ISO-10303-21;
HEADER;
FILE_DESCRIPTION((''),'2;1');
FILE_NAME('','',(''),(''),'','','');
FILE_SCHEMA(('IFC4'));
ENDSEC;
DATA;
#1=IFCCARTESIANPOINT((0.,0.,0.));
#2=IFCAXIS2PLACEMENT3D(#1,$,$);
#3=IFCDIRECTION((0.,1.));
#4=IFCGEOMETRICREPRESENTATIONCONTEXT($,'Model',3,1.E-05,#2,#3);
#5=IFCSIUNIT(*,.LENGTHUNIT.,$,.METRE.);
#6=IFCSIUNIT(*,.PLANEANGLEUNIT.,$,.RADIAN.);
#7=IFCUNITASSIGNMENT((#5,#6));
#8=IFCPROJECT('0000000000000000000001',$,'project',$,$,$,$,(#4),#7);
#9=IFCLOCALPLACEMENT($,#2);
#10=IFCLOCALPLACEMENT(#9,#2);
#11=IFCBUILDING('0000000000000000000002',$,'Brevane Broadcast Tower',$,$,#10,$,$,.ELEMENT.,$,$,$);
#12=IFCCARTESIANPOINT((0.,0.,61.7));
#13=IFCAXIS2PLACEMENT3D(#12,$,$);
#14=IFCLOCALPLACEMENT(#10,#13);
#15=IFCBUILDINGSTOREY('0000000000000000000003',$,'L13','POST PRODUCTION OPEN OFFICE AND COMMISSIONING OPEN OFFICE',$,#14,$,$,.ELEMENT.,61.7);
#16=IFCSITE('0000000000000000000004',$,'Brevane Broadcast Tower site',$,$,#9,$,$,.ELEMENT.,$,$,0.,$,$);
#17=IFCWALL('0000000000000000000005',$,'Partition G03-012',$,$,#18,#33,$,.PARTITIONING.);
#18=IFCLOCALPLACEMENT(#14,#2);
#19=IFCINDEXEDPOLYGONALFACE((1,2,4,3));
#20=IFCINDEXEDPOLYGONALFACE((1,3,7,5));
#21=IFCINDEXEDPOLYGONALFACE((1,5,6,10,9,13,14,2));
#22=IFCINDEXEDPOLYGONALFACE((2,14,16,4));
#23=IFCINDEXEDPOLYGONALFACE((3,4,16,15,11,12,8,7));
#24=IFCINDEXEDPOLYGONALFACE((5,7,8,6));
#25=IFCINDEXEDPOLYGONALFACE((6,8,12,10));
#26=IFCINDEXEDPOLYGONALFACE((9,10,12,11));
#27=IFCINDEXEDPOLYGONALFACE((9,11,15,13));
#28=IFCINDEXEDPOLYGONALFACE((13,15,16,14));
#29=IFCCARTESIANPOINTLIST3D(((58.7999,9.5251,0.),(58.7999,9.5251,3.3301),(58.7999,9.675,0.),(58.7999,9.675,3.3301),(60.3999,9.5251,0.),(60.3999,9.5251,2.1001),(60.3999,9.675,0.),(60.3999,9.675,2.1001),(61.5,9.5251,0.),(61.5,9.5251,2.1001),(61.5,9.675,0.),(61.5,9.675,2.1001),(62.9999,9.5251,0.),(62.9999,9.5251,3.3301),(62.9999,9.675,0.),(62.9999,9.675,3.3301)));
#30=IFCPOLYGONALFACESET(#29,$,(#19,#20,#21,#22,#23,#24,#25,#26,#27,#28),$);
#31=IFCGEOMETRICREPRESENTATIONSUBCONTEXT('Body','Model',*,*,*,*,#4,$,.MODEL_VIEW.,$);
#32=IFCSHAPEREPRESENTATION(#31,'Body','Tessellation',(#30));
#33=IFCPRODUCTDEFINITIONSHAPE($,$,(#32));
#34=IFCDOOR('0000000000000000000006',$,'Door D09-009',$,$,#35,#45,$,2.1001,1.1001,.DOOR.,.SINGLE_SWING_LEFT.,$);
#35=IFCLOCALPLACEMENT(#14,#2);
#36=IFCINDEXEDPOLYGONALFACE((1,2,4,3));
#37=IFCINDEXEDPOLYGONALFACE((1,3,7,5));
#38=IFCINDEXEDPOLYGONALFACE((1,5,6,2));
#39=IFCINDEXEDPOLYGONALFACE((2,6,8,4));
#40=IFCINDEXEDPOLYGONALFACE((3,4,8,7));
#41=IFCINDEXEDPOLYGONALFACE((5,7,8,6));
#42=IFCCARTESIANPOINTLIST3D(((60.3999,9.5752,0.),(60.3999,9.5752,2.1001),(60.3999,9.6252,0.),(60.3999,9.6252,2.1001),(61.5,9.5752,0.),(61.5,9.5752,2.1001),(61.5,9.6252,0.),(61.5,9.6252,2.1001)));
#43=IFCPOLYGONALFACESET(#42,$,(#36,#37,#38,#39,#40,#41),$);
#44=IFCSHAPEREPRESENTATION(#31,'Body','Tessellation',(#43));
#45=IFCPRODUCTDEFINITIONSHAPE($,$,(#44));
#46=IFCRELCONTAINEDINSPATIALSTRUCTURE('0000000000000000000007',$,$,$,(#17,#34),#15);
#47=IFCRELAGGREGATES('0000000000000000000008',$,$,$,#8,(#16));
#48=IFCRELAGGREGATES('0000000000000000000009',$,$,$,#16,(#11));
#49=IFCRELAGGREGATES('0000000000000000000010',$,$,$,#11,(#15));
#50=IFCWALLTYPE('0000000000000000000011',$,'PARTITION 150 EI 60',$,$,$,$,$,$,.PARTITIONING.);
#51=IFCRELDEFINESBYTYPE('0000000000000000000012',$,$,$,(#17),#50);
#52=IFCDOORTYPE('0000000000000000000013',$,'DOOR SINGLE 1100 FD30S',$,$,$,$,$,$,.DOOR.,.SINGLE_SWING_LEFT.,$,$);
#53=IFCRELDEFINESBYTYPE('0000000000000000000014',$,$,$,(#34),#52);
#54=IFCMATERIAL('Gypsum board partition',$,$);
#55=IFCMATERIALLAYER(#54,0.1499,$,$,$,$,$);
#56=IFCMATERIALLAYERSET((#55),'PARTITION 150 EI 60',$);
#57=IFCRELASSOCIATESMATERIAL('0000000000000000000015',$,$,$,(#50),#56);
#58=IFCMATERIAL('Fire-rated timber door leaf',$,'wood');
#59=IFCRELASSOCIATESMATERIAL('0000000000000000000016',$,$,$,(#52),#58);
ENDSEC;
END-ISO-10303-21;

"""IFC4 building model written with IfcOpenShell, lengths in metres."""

from ifc_helpers import new_model, si_unit, direction, frame, frame_2d, origin, place, context, subcontext, project, spatial, rectangle, extrude, material, layer, layer_set, type_object, element, fill, save


model = new_model("IFC4")

# Units and contexts
model_context = context("Model", 3, precision=1e-05, world=origin(), true_north=direction((0.0, 1.0)))
body_context = subcontext(model_context, "Body", "Model", "MODEL_VIEW")
ifc_project = project(units=[si_unit("LENGTHUNIT", "METRE"), si_unit("PLANEANGLEUNIT", "RADIAN")], contexts=[model_context])

# Site, building, storey
site_placement = place(None, origin())
site = spatial("IfcSite", under=ifc_project, at=site_placement, Name="Brevane Broadcast Tower site", CompositionType="ELEMENT", RefElevation=0.0)
building_placement = place(site_placement, origin())
building = spatial("IfcBuilding", under=site, at=building_placement, Name="Brevane Broadcast Tower", CompositionType="ELEMENT")
storey_placement = place(building_placement, frame((0.0, 0.0, 61.7)))
storey = spatial("IfcBuildingStorey", under=building, at=storey_placement, Name="L13", Description="POST PRODUCTION OPEN OFFICE AND COMMISSIONING OPEN OFFICE", CompositionType="ELEMENT", Elevation=61.7)

# Shared definitions
ifc_material_1 = material(Name="Gypsum board partition")

# Shared definitions
ifc_layer_1 = layer(ifc_material_1, 0.1499)
ifc_layer_set_1 = layer_set([ifc_layer_1], Name="PARTITION 150 EI 60")
wall_type_1 = type_object("IfcWallType", Name="PARTITION 150 EI 60", PredefinedType="PARTITIONING", material=ifc_layer_set_1)
ifc_material_2 = material(Name="Fire-rated timber door leaf", Category="wood")

# Wall, opening, door
wall_1_placement = place(storey_placement, frame((63.0, 9.6001, 0.0), z_axis=(0.0, 0.0, 1.0), x_axis=(-1.0, 0.0, 0.0)))
wall_1 = element("IfcWall", 1, at=wall_1_placement, inside=storey, type_object=wall_type_1, Name="Partition G03-012", PredefinedType="PARTITIONING", context=body_context, shape_type="SweptSolid", body=[
    extrude(rectangle(XDim=4.2, YDim=0.1499, at=frame_2d((2.1001, 0.0))), origin(), (0.0, 0.0, 1.0), 3.3301),
])
opening_1_placement = place(wall_1_placement, frame((1.5, 0.0, 0.0)))
opening_1 = element("IfcOpeningElement", 2, at=opening_1_placement, cuts=wall_1, PredefinedType="OPENING", context=body_context, shape_type="SweptSolid", body=[
    extrude(rectangle(XDim=1.1001, YDim=2.1001, at=frame_2d((0.55, 1.05))), frame((0.0, 0.085, 0.0), z_axis=(0.0, -1.0, 0.0), x_axis=(1.0, 0.0, 0.0)), (0.0, 0.0, 1.0), 0.1699),
])
door_type_1 = type_object("IfcDoorType", Name="DOOR SINGLE 1100 FD30S", OperationType="SINGLE_SWING_LEFT", PredefinedType="DOOR", material=ifc_material_2)
door_1_placement = place(opening_1_placement, origin())
door_1 = element("IfcDoor", 3, at=door_1_placement, inside=storey, type_object=door_type_1, Name="Door D09-009", OperationType="SINGLE_SWING_LEFT", OverallHeight=2.1001, OverallWidth=1.1001, PredefinedType="DOOR", context=body_context, shape_type="SweptSolid", body=[
    extrude(rectangle(XDim=1.1001, YDim=2.1001, at=frame_2d((0.55, 1.05))), frame((0.0, 0.0249, 0.0), z_axis=(0.0, -1.0, 0.0), x_axis=(1.0, 0.0, 0.0)), (0.0, 0.0, 1.0), 0.05),
])
fill(opening_1, door_1)

save(model, "model.ifc")
